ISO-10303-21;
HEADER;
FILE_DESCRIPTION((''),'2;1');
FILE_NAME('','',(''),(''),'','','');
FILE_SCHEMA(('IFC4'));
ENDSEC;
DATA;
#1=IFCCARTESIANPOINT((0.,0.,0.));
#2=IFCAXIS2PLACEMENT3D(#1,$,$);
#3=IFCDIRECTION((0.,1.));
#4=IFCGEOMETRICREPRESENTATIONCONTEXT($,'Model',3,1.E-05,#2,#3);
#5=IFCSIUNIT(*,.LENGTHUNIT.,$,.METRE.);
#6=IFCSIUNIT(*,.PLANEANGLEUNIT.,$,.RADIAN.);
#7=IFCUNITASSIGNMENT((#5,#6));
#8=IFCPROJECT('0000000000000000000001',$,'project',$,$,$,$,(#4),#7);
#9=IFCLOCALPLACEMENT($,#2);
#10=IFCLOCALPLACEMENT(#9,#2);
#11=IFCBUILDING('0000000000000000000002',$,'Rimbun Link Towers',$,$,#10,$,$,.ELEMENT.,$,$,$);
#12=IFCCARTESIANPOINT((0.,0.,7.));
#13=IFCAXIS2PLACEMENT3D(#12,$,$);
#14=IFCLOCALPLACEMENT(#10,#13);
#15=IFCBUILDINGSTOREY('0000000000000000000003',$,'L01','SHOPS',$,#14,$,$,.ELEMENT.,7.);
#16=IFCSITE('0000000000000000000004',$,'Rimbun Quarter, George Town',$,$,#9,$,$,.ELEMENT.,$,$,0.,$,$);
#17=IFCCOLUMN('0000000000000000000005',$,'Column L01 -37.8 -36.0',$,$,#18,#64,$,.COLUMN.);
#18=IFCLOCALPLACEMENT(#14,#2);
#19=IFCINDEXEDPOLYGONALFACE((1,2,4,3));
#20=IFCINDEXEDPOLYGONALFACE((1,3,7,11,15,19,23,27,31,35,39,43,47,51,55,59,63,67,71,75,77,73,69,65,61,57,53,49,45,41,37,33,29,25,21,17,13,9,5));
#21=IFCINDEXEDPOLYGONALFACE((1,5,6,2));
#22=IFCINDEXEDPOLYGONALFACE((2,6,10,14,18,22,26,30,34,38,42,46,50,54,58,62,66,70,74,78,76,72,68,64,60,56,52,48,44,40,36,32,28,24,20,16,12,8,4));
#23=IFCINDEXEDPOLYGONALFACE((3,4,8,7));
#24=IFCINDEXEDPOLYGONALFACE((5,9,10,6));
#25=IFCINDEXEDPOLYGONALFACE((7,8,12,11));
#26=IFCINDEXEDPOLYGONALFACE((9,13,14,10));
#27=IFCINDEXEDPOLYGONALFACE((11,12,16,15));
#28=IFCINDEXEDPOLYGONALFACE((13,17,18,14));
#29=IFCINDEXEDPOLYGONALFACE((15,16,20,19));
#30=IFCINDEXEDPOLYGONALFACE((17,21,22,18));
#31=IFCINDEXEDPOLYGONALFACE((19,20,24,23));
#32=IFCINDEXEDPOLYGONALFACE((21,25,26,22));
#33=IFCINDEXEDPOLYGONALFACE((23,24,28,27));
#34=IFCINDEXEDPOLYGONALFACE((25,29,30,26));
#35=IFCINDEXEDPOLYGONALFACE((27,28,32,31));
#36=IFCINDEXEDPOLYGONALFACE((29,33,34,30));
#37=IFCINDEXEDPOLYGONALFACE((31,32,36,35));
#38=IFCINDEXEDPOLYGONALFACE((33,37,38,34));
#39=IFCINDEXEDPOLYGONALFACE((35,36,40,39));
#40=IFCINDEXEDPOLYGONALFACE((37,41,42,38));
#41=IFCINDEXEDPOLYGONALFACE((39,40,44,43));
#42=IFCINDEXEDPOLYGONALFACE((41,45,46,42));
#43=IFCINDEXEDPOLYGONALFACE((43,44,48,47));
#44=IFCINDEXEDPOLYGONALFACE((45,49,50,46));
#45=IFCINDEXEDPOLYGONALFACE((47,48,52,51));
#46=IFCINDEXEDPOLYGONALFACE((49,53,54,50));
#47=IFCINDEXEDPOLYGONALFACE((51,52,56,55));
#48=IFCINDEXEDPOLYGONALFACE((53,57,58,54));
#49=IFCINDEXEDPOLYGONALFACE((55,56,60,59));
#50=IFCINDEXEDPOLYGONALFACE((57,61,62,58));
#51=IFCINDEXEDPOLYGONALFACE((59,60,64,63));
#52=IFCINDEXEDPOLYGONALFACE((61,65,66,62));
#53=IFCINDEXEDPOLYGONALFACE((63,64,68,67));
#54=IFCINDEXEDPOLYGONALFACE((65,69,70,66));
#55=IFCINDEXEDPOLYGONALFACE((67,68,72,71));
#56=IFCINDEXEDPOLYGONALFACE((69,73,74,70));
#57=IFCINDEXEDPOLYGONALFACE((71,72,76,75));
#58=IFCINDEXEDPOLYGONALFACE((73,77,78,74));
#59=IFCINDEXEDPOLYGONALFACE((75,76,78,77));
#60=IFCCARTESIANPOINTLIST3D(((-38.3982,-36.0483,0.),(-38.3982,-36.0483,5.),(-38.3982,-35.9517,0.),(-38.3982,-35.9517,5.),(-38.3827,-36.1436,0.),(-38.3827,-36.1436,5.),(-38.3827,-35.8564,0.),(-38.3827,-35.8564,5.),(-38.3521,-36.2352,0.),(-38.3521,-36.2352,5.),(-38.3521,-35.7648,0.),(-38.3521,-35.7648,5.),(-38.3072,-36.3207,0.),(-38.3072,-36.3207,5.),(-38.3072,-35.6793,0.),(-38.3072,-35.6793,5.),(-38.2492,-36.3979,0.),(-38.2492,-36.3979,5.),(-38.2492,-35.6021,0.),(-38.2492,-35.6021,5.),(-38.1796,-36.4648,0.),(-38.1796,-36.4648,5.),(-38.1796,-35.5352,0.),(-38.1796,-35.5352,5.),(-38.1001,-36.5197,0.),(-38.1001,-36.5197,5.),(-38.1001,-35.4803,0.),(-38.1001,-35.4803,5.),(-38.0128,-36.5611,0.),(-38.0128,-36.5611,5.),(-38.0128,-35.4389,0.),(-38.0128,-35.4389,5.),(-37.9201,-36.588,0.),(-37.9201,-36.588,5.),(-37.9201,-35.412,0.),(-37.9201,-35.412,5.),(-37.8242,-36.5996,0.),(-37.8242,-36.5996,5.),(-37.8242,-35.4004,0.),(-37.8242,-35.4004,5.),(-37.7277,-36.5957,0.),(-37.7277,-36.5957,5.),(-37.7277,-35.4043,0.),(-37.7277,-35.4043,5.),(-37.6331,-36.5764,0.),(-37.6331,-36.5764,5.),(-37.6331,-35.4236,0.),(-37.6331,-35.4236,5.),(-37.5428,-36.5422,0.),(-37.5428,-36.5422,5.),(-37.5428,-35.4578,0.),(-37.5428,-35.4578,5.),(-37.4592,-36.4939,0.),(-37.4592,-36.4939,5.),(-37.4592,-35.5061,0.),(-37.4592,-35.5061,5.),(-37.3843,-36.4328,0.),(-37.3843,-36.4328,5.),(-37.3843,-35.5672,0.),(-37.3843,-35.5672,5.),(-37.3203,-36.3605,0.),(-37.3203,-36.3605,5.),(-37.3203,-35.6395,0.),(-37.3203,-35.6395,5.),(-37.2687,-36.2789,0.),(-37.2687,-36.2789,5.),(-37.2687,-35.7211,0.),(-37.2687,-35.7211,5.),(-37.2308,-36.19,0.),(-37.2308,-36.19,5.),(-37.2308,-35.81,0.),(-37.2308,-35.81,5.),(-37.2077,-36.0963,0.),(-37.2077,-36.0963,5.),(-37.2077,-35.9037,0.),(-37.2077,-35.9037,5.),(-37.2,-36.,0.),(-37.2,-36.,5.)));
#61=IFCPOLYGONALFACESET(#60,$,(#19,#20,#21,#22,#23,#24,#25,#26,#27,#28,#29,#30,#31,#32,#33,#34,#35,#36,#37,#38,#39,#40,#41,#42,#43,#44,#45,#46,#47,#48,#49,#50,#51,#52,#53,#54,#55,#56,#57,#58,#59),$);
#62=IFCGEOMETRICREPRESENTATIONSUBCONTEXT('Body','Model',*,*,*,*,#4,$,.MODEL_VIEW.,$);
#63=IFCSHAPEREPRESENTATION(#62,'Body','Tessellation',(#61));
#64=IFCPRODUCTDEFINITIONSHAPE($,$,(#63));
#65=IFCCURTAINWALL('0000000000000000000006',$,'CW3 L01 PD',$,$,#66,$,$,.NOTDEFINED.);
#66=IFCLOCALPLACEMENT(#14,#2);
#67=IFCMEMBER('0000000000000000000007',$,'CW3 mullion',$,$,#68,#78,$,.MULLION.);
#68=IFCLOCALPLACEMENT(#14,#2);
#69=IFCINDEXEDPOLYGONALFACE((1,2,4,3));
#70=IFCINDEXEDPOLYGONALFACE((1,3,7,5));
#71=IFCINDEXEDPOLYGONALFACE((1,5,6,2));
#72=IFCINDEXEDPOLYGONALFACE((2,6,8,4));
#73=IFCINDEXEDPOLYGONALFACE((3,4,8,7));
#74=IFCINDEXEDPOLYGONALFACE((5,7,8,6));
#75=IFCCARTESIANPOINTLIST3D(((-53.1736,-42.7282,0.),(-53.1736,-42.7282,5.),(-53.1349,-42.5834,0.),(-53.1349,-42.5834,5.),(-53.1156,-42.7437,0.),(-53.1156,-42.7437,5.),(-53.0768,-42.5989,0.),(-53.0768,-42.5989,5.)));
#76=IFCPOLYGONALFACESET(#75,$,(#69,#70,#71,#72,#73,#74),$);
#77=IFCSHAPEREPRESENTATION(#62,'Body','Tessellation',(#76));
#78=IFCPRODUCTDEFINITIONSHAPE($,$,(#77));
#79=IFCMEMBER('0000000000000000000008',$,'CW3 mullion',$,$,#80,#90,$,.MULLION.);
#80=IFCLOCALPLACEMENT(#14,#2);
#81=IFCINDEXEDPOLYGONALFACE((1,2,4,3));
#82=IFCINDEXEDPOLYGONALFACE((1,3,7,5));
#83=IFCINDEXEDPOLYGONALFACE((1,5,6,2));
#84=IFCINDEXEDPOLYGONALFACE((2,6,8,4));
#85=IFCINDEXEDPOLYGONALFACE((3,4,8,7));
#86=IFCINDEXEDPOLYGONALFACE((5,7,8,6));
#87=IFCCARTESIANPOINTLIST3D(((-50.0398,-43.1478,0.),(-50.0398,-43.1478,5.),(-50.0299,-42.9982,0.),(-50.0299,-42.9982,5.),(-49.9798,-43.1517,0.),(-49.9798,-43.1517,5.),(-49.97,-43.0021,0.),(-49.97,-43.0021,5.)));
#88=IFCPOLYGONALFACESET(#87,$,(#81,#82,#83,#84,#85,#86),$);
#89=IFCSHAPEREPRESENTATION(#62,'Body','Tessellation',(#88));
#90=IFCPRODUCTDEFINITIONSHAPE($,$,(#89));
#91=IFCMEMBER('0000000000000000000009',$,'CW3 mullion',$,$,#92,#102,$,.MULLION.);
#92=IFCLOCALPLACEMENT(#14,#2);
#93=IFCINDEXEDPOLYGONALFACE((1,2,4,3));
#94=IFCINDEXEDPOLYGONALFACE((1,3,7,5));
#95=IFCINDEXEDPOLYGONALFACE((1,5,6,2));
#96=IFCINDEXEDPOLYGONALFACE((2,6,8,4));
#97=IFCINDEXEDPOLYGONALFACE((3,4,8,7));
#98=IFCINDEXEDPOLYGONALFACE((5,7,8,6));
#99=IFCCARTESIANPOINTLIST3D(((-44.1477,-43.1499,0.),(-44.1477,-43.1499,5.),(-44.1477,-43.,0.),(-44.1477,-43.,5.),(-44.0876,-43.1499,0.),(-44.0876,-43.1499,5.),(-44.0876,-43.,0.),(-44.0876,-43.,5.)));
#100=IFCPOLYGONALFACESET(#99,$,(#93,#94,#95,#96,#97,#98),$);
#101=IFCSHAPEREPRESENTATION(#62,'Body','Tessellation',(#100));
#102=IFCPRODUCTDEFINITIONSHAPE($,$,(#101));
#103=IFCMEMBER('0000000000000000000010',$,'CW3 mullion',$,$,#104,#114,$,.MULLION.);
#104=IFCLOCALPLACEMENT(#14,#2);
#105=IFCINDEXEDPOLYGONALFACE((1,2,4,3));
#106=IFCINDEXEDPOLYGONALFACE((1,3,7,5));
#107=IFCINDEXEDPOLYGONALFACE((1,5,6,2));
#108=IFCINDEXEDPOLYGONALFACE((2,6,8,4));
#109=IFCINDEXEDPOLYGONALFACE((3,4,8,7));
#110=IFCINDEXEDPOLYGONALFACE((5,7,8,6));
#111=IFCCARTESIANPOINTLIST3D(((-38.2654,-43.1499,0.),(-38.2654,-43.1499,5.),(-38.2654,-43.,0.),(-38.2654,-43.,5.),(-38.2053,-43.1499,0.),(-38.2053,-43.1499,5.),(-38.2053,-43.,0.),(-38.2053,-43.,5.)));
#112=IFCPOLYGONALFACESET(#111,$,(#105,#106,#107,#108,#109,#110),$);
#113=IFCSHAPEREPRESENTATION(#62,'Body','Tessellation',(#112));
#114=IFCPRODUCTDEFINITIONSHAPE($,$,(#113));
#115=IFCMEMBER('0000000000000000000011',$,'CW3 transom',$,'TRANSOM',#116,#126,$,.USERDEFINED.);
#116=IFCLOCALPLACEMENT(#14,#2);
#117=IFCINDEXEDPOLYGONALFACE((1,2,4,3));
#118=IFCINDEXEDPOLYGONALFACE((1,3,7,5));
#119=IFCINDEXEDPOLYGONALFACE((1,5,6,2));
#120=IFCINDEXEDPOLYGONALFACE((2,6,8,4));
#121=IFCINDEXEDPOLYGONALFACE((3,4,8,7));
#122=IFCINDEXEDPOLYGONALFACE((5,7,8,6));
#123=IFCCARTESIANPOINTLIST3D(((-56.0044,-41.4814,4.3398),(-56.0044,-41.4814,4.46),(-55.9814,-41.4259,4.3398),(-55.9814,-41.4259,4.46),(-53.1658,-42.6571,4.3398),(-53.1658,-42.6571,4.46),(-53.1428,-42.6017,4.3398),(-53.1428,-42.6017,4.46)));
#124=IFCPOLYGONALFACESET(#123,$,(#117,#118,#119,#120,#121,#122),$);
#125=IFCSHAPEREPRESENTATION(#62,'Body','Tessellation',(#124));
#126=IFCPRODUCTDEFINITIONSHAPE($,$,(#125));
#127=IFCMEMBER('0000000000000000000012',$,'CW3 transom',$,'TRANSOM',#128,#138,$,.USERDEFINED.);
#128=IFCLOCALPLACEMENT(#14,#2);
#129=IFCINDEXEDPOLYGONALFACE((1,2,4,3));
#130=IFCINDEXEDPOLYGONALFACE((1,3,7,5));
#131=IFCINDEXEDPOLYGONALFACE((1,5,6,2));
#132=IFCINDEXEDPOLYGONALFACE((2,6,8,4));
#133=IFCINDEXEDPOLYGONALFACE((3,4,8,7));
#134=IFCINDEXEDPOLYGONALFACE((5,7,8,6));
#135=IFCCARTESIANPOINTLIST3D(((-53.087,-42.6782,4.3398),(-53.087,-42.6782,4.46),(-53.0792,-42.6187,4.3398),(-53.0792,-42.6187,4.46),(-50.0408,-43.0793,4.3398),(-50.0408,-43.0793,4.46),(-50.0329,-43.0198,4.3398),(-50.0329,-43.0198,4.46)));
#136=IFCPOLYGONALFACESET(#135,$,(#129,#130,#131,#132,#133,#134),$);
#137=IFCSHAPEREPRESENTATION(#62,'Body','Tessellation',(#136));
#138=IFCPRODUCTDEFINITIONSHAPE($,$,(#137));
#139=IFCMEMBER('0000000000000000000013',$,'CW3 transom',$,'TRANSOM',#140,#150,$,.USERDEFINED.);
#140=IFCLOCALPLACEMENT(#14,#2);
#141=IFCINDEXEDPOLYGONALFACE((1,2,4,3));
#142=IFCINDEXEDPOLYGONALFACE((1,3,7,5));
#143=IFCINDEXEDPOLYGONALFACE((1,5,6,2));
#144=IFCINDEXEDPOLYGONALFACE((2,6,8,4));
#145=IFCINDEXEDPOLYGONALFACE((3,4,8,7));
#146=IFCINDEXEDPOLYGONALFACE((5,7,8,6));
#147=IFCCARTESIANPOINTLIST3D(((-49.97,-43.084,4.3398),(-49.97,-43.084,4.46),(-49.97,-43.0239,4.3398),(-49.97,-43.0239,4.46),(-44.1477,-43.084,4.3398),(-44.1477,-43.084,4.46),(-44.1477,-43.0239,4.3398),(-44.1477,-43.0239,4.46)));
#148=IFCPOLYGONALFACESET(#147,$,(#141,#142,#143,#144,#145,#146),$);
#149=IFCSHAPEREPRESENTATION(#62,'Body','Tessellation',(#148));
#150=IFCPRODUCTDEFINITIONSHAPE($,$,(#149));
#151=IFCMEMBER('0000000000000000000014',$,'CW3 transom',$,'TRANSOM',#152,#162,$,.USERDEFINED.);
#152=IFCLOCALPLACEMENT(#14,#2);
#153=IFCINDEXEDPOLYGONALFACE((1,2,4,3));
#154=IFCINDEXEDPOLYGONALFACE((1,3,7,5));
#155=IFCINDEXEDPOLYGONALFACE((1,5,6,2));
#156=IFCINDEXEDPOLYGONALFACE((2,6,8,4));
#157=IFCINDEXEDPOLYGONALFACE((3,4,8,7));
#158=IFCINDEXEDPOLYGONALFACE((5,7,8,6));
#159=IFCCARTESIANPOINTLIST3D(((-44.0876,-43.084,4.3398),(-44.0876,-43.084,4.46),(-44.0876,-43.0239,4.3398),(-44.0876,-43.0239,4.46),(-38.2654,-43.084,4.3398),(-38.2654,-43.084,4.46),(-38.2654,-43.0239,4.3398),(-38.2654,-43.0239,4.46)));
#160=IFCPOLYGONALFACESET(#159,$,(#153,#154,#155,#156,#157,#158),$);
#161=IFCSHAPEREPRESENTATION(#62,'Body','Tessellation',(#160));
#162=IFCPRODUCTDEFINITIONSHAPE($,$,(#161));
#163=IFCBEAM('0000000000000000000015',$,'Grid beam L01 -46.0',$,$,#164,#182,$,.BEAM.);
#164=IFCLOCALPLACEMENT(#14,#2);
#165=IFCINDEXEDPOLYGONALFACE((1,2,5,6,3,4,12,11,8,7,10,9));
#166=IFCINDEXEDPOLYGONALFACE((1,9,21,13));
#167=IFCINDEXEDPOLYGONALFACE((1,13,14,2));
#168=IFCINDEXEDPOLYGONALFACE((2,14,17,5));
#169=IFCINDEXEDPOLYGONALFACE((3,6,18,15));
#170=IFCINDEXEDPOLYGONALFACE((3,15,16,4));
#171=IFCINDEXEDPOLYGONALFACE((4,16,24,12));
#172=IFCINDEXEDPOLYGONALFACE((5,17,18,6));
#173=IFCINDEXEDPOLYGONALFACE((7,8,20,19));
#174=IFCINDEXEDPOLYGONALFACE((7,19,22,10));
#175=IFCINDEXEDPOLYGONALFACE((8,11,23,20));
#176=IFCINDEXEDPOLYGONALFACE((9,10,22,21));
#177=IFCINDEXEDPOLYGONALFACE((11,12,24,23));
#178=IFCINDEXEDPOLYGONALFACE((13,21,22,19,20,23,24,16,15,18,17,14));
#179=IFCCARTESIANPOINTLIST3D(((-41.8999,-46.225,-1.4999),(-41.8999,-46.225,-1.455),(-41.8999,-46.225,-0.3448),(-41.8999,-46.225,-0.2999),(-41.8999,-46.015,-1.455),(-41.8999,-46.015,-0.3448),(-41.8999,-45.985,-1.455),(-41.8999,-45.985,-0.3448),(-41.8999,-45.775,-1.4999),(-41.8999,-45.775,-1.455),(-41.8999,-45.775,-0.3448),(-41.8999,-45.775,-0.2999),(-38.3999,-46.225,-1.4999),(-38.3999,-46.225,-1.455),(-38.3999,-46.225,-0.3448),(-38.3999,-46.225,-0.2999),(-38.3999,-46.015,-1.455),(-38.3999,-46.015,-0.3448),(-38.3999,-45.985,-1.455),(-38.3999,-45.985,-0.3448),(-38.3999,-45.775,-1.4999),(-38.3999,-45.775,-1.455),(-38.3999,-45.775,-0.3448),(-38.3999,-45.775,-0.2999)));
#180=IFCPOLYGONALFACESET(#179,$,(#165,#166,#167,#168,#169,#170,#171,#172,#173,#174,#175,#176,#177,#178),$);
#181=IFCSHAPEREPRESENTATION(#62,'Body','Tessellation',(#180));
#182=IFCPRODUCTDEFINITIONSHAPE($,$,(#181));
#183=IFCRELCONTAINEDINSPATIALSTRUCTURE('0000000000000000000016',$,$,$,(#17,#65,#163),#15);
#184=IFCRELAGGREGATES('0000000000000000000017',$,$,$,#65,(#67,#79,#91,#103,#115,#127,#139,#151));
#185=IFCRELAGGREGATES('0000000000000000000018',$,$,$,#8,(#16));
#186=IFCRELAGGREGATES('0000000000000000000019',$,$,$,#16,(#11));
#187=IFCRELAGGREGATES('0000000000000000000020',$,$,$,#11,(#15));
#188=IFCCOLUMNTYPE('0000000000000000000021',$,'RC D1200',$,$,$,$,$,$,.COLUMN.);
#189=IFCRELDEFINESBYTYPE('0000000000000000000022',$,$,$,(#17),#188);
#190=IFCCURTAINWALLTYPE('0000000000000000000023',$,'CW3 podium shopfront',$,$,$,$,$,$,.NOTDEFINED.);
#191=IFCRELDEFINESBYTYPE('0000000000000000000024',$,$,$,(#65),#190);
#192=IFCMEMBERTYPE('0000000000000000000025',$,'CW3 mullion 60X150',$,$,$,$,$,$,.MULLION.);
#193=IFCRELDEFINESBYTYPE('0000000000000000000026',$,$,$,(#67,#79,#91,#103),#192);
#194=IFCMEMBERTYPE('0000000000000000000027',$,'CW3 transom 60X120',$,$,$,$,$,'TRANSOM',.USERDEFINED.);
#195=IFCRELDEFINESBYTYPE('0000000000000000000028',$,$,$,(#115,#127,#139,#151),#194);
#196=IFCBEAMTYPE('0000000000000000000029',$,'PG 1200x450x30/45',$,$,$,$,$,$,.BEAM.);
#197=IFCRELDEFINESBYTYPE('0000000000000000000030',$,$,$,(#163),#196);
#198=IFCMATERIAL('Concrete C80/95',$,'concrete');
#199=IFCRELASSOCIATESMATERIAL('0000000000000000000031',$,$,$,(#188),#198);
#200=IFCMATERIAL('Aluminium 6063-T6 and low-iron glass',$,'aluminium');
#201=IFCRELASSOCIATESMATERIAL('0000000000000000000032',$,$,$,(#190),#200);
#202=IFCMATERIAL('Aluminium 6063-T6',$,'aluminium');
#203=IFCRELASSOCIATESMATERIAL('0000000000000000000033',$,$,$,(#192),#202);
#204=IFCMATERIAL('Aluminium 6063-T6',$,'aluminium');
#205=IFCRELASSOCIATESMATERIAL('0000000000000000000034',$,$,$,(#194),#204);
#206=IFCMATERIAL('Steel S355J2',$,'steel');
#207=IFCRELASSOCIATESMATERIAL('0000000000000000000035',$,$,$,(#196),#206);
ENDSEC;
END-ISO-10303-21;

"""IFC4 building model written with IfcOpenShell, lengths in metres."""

from ifc_helpers import new_model, si_unit, direction, frame, origin, origin_2d, place, context, subcontext, project, spatial, rectangle, circle, i_section, extrude, material, material_profile, profile_set, type_object, element, aggregate, save


model = new_model("IFC4")

# Units and contexts
model_context = context("Model", 3, precision=1e-05, world=origin(), true_north=direction((0.0, 1.0)))
body_context = subcontext(model_context, "Body", "Model", "MODEL_VIEW")
ifc_project = project(units=[si_unit("LENGTHUNIT", "METRE"), si_unit("PLANEANGLEUNIT", "RADIAN")], contexts=[model_context])

# Site, building, storey
site_placement = place(None, origin())
site = spatial("IfcSite", under=ifc_project, at=site_placement, Name="Rimbun Quarter, George Town", CompositionType="ELEMENT", RefElevation=0.0)
building_placement = place(site_placement, origin())
building = spatial("IfcBuilding", under=site, at=building_placement, Name="Rimbun Link Towers", CompositionType="ELEMENT")
storey_placement = place(building_placement, frame((0.0, 0.0, 7.0)))
storey = spatial("IfcBuildingStorey", under=building, at=storey_placement, Name="L01", Description="SHOPS", CompositionType="ELEMENT", Elevation=7.0)

# Column
ifc_material_1 = material(Name="Concrete C80/95", Category="concrete")
ifc_material_profile_1 = material_profile(ifc_material_1, circle(Radius=0.6001, at=origin_2d()), Name="RC D1200")
ifc_profile_set_1 = profile_set([ifc_material_profile_1], Name="Concrete C80/95")
column_type = type_object("IfcColumnType", Name="RC D1200", PredefinedType="COLUMN", material=ifc_profile_set_1)
column_placement = place(storey_placement, frame((-37.8, -36.0, 0.0), z_axis=(0.0, 0.0, 1.0), x_axis=(1.0, 0.0, 0.0)))
element("IfcColumn", 1, at=column_placement, inside=storey, type_object=column_type, Name="Column L01 -37.8 -36.0", PredefinedType="COLUMN", context=body_context, shape_type="SweptSolid", body=[
    extrude(circle(Radius=0.6001, at=origin_2d()), origin(), (0.0, 0.0, 1.0), 5.0),
])

# Curtain wall, members
ifc_material_2 = material(Name="Aluminium 6063-T6 and low-iron glass", Category="aluminium")
curtain_wall_type = type_object("IfcCurtainWallType", Name="CW3 podium shopfront", PredefinedType="NOTDEFINED", material=ifc_material_2)
curtain_wall_placement = place(storey_placement, origin())
curtain_wall = element("IfcCurtainWall", 2, at=curtain_wall_placement, inside=storey, type_object=curtain_wall_type, Name="CW3 L01 PD", PredefinedType="NOTDEFINED")
ifc_material_3 = material(Name="Aluminium 6063-T6", Category="aluminium")
ifc_material_profile_2 = material_profile(ifc_material_3, rectangle(XDim=0.1499, YDim=0.0601, at=origin_2d()), Name="MULLION 60X150")
ifc_profile_set_2 = profile_set([ifc_material_profile_2], Name="Aluminium 6063-T6")
member_type_1 = type_object("IfcMemberType", Name="CW3 mullion 60X150", PredefinedType="MULLION", material=ifc_profile_set_2)
member_1_placement = place(storey_placement, frame((-53.1252, -42.6636, 0.0), z_axis=(0.0, 0.0, 1.0), x_axis=(-0.258819, -0.965926, 0.0)))
member_1 = element("IfcMember", 3, at=member_1_placement, type_object=member_type_1, Name="CW3 mullion", PredefinedType="MULLION", context=body_context, shape_type="SweptSolid", body=[
    extrude(rectangle(XDim=0.1499, YDim=0.0601, at=origin_2d()), origin(), (0.0, 0.0, 1.0), 5.0),
])
member_2_placement = place(storey_placement, frame((-50.0049, -43.075, 0.0), z_axis=(0.0, 0.0, 1.0), x_axis=(-0.065405, -0.997859, 0.0)))
member_2 = element("IfcMember", 4, at=member_2_placement, type_object=member_type_1, Name="CW3 mullion", PredefinedType="MULLION", context=body_context, shape_type="SweptSolid", body=[
    extrude(rectangle(XDim=0.1499, YDim=0.0601, at=origin_2d()), origin(), (0.0, 0.0, 1.0), 5.0),
])
member_3_placement = place(storey_placement, frame((-44.1177, -43.075, 0.0), z_axis=(0.0, 0.0, 1.0), x_axis=(0.0, -1.0, 0.0)))
member_3 = element("IfcMember", 5, at=member_3_placement, type_object=member_type_1, Name="CW3 mullion", PredefinedType="MULLION", context=body_context, shape_type="SweptSolid", body=[
    extrude(rectangle(XDim=0.1499, YDim=0.0601, at=origin_2d()), origin(), (0.0, 0.0, 1.0), 5.0),
])
member_4_placement = place(storey_placement, frame((-38.2354, -43.075, 0.0), z_axis=(0.0, 0.0, 1.0), x_axis=(0.0, -1.0, 0.0)))
member_4 = element("IfcMember", 6, at=member_4_placement, type_object=member_type_1, Name="CW3 mullion", PredefinedType="MULLION", context=body_context, shape_type="SweptSolid", body=[
    extrude(rectangle(XDim=0.1499, YDim=0.0601, at=origin_2d()), origin(), (0.0, 0.0, 1.0), 5.0),
])
ifc_material_4 = material(Name="Aluminium 6063-T6", Category="aluminium")
ifc_material_profile_3 = material_profile(ifc_material_4, rectangle(XDim=0.0601, YDim=0.1201, at=origin_2d()), Name="TRANSOM 60X120")
ifc_profile_set_3 = profile_set([ifc_material_profile_3], Name="Aluminium 6063-T6")
member_type_2 = type_object("IfcMemberType", Name="CW3 transom 60X120", ElementType="TRANSOM", PredefinedType="USERDEFINED", material=ifc_profile_set_3)
member_5_placement = place(storey_placement, frame((-53.1543, -42.6294, 4.3999), z_axis=(-0.923881, 0.382679, 0.0), x_axis=(-0.382679, -0.923881, 0.0)))
member_5 = element("IfcMember", 7, at=member_5_placement, type_object=member_type_2, Name="CW3 transom", ObjectType="TRANSOM", PredefinedType="USERDEFINED", context=body_context, shape_type="SweptSolid", body=[
    extrude(rectangle(XDim=0.0601, YDim=0.1201, at=origin_2d()), origin(), (0.0, 0.0, 1.0), 3.0725),
])
member_6_placement = place(storey_placement, frame((-50.0369, -43.0496, 4.3999), z_axis=(-0.991441, 0.130555, 0.0), x_axis=(-0.130555, -0.991441, 0.0)))
member_6 = element("IfcMember", 8, at=member_6_placement, type_object=member_type_2, Name="CW3 transom", ObjectType="TRANSOM", PredefinedType="USERDEFINED", context=body_context, shape_type="SweptSolid", body=[
    extrude(rectangle(XDim=0.0601, YDim=0.1201, at=origin_2d()), origin(), (0.0, 0.0, 1.0), 3.0725),
])
member_7_placement = place(storey_placement, frame((-44.1477, -43.054, 4.3999), z_axis=(-1.0, 0.0, 0.0), x_axis=(0.0, -1.0, 0.0)))
member_7 = element("IfcMember", 9, at=member_7_placement, type_object=member_type_2, Name="CW3 transom", ObjectType="TRANSOM", PredefinedType="USERDEFINED", context=body_context, shape_type="SweptSolid", body=[
    extrude(rectangle(XDim=0.0601, YDim=0.1201, at=origin_2d()), origin(), (0.0, 0.0, 1.0), 5.8223),
])
member_8_placement = place(storey_placement, frame((-38.2654, -43.054, 4.3999), z_axis=(-1.0, 0.0, 0.0), x_axis=(0.0, -1.0, 0.0)))
member_8 = element("IfcMember", 10, at=member_8_placement, type_object=member_type_2, Name="CW3 transom", ObjectType="TRANSOM", PredefinedType="USERDEFINED", context=body_context, shape_type="SweptSolid", body=[
    extrude(rectangle(XDim=0.0601, YDim=0.1201, at=origin_2d()), origin(), (0.0, 0.0, 1.0), 5.8223),
])

# Beam
ifc_material_5 = material(Name="Steel S355J2", Category="steel")
ifc_material_profile_4 = material_profile(ifc_material_5, i_section(OverallWidth=0.45, OverallDepth=1.2, WebThickness=0.03, FlangeThickness=0.0449, at=origin_2d()), Name="PG 1200x450x30/45")
ifc_profile_set_4 = profile_set([ifc_material_profile_4], Name="Steel S355J2")
beam_type_1 = type_object("IfcBeamType", Name="PG 1200x450x30/45", PredefinedType="BEAM", material=ifc_profile_set_4)
beam_1_placement = place(storey_placement, frame((-41.8999, -46.0, -0.8999), z_axis=(1.0, 0.0, 0.0), x_axis=(0.0, 1.0, 0.0)))
element("IfcBeam", 11, at=beam_1_placement, inside=storey, type_object=beam_type_1, Name="Grid beam L01 -46.0", PredefinedType="BEAM", context=body_context, shape_type="SweptSolid", body=[
    extrude(i_section(OverallWidth=0.45, OverallDepth=1.2, WebThickness=0.03, FlangeThickness=0.0449, at=origin_2d()), origin(), (0.0, 0.0, 1.0), 3.5),
])

aggregate(curtain_wall, [member_1, member_2, member_3, member_4, member_5, member_6, member_7, member_8])

save(model, "model.ifc")
